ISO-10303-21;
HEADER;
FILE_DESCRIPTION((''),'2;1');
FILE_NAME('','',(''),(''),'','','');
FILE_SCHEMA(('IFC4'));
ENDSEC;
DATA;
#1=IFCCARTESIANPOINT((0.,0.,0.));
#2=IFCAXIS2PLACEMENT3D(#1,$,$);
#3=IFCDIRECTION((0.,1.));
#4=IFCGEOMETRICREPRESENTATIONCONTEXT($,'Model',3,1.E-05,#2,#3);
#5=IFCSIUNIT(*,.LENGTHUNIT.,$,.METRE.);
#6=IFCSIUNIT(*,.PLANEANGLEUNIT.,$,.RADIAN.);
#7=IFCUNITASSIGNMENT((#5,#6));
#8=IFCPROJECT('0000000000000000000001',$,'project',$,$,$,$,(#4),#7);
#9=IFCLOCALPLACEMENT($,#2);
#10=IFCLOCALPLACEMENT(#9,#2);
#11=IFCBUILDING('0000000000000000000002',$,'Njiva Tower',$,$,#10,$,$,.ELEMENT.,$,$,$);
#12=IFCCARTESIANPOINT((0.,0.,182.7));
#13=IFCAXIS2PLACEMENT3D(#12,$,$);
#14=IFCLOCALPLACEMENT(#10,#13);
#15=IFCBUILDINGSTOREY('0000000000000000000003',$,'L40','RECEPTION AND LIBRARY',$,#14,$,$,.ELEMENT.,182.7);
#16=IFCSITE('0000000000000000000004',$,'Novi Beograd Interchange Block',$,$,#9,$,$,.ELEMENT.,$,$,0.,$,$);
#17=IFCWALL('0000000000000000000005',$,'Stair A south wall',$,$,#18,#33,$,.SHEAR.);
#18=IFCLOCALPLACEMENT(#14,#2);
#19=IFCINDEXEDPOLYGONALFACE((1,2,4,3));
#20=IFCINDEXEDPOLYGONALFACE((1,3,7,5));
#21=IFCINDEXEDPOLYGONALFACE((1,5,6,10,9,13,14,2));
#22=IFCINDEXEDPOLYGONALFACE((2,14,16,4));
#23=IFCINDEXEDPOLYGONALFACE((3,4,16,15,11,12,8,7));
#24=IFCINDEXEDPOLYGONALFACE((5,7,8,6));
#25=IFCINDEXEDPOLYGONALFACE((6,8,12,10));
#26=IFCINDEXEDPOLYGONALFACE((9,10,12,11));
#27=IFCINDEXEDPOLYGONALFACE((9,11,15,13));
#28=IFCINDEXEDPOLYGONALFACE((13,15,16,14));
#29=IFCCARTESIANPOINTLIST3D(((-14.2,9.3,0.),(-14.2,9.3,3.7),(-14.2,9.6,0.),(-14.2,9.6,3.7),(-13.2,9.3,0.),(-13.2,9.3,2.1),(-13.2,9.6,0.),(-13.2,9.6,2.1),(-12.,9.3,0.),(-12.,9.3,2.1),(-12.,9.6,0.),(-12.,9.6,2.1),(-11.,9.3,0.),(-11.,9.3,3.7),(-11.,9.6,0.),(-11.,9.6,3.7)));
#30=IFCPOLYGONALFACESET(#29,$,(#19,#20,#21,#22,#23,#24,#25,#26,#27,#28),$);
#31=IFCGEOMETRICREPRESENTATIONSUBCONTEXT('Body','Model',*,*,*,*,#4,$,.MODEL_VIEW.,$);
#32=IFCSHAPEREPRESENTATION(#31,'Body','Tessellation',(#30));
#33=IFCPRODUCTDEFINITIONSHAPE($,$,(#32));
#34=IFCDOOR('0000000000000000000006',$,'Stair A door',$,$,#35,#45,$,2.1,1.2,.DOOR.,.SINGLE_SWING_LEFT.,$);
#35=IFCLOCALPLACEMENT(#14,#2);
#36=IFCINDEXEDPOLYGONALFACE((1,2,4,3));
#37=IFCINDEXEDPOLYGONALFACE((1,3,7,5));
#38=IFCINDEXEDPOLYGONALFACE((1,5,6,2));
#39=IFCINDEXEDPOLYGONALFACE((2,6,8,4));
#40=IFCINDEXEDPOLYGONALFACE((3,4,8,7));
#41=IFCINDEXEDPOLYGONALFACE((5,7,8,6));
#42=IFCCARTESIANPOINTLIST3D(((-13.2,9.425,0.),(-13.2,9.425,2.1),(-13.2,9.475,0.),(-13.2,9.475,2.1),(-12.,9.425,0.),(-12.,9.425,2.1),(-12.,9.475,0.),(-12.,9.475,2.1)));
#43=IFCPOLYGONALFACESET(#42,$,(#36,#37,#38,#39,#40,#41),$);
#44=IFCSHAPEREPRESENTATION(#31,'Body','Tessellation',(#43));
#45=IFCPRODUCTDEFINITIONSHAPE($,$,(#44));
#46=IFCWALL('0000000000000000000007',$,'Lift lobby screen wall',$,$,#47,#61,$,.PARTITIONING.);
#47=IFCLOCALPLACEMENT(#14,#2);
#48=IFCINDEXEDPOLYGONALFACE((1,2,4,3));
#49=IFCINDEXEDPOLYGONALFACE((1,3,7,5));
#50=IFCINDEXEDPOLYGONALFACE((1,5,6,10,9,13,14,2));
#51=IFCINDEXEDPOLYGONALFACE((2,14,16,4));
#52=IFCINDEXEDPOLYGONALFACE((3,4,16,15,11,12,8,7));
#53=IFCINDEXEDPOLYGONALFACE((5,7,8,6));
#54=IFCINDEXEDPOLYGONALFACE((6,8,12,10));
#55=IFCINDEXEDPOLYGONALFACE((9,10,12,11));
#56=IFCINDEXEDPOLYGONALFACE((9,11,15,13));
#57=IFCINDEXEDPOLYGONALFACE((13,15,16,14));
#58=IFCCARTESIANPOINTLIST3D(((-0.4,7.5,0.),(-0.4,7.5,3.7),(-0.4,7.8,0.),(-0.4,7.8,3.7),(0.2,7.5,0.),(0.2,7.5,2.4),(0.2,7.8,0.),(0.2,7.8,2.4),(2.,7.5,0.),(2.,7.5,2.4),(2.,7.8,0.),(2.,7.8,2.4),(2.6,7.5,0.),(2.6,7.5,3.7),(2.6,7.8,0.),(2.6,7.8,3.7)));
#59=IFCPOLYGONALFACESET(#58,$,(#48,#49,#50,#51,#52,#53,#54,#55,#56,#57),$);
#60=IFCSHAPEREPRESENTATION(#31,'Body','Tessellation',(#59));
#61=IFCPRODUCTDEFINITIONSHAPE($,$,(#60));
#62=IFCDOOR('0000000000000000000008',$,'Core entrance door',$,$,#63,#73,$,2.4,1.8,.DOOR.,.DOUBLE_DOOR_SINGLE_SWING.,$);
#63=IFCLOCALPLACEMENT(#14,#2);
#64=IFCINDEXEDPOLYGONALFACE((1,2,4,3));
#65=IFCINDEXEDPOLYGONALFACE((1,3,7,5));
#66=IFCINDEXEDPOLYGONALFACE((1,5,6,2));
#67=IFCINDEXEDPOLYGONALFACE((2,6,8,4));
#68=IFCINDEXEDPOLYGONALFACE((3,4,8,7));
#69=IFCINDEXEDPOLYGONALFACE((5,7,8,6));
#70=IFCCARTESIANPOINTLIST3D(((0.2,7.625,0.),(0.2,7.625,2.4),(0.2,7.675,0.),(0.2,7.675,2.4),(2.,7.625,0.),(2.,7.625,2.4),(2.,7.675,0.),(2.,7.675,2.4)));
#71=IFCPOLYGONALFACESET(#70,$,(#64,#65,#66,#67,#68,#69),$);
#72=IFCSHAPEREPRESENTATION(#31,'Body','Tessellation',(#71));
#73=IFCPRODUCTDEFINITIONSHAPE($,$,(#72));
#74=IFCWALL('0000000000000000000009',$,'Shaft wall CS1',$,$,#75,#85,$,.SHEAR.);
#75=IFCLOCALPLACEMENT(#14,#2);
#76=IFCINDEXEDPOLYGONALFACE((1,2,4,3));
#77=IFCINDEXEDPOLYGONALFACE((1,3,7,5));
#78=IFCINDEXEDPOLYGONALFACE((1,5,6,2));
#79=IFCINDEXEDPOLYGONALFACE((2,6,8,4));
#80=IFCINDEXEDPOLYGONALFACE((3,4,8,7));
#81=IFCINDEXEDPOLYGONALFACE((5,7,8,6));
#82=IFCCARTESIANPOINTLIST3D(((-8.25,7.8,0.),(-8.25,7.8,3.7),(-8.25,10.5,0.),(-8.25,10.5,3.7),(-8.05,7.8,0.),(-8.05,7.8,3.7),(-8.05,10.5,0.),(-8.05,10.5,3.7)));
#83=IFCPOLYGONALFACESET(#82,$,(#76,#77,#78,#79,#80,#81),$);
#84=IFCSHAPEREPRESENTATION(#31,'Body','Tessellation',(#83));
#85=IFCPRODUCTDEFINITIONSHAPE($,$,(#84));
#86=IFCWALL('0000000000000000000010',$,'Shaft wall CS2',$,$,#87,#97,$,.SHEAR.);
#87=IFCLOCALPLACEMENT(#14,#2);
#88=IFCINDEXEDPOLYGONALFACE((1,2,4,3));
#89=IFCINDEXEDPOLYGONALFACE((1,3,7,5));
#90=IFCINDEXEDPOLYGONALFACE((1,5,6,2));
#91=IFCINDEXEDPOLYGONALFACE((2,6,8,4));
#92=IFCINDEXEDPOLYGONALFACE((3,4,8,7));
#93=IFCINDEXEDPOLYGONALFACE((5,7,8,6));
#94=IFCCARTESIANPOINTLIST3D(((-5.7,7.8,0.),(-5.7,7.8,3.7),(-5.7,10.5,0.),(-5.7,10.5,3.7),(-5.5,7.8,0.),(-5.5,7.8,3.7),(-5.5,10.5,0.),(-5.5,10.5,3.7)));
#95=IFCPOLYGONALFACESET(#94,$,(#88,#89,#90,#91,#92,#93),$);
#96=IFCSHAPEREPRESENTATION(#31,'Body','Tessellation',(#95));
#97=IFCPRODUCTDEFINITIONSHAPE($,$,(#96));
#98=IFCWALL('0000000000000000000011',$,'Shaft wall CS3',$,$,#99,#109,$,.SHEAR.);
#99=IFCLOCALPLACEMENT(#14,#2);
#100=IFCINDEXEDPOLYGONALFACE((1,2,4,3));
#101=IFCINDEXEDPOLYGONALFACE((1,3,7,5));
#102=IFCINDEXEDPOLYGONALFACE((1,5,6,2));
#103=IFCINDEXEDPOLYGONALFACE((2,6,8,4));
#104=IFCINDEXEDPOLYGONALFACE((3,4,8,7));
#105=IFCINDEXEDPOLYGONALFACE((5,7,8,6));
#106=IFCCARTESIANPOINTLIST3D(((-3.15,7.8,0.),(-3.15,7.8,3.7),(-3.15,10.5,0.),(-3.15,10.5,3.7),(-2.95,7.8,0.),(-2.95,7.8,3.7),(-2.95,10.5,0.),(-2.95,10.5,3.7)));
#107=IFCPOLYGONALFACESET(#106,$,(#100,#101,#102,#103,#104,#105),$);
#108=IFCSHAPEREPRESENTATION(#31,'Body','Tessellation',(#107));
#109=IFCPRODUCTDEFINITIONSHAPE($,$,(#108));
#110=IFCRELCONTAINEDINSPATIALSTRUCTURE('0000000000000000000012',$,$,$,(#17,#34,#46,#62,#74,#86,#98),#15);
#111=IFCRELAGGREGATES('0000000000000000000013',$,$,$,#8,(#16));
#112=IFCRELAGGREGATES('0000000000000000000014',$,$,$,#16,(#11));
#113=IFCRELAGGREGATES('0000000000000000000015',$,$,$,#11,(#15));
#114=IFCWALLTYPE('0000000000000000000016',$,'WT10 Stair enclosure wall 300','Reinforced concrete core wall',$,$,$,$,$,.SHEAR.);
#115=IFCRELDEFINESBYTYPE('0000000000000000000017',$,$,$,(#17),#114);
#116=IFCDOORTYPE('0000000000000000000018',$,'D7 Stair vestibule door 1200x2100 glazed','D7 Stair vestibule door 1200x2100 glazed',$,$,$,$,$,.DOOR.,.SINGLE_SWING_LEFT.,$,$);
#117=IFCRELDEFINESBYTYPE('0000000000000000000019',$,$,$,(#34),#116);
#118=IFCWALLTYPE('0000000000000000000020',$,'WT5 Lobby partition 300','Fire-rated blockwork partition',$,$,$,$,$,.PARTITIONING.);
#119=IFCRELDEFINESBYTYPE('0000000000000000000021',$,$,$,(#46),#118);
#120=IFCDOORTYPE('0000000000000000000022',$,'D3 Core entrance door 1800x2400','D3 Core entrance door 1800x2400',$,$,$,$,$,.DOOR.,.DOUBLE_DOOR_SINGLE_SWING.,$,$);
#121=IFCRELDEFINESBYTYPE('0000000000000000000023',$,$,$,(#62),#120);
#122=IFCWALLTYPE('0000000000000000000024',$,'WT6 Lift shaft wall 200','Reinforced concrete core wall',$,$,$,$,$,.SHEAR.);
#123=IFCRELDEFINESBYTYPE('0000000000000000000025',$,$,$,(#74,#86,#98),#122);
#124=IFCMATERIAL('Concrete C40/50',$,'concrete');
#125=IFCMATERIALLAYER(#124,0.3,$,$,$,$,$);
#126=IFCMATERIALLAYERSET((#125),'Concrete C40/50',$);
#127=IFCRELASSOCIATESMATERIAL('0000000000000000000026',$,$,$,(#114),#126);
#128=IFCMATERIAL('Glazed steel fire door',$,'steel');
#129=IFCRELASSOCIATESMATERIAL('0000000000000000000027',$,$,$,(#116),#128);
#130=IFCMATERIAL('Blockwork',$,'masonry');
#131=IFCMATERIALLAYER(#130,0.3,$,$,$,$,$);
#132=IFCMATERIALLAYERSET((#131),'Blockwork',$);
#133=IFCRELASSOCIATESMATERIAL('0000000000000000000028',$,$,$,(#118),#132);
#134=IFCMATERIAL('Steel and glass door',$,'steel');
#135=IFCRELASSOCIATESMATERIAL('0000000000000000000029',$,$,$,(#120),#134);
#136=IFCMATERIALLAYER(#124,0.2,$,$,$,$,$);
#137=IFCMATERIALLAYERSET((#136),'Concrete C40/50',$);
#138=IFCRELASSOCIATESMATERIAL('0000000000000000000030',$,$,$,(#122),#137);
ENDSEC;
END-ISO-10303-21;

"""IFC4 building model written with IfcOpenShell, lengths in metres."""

from ifc_helpers import new_model, si_unit, direction, frame, frame_2d, origin, place, context, subcontext, project, spatial, rectangle, extrude, material, layer, layer_set, type_object, element, fill, save


model = new_model("IFC4")

# Units and contexts
model_context = context("Model", 3, precision=1e-05, world=origin(), true_north=direction((0.0, 1.0)))
body_context = subcontext(model_context, "Body", "Model", "MODEL_VIEW")
ifc_project = project(units=[si_unit("LENGTHUNIT", "METRE"), si_unit("PLANEANGLEUNIT", "RADIAN")], contexts=[model_context])

# Site, building, storey
site_placement = place(None, origin())
site = spatial("IfcSite", under=ifc_project, at=site_placement, Name="Novi Beograd Interchange Block", CompositionType="ELEMENT", RefElevation=0.0)
building_placement = place(site_placement, origin())
building = spatial("IfcBuilding", under=site, at=building_placement, Name="Njiva Tower", CompositionType="ELEMENT")
storey_placement = place(building_placement, frame((0.0, 0.0, 182.7)))
storey = spatial("IfcBuildingStorey", under=building, at=storey_placement, Name="L40", Description="RECEPTION AND LIBRARY", CompositionType="ELEMENT", Elevation=182.7)

# Shared definitions
ifc_material_1 = material(Name="Blockwork", Category="masonry")

# Shared definitions
ifc_material_2 = material(Name="Concrete C40/50", Category="concrete")
ifc_layer_1 = layer(ifc_material_2, 0.3)
ifc_layer_set_1 = layer_set([ifc_layer_1], Name="Concrete C40/50")
wall_type_1 = type_object("IfcWallType", Name="WT10 Stair enclosure wall 300", Description="Reinforced concrete core wall", PredefinedType="SHEAR", material=ifc_layer_set_1)
ifc_material_3 = material(Name="Glazed steel fire door", Category="steel")

# Walls, openings, doors
wall_1_placement = place(storey_placement, frame((-14.2, 9.45, 0.0), z_axis=(0.0, 0.0, 1.0), x_axis=(1.0, 0.0, 0.0)))
wall_1 = element("IfcWall", 1, at=wall_1_placement, inside=storey, type_object=wall_type_1, Name="Stair A south wall", PredefinedType="SHEAR", context=body_context, shape_type="SweptSolid", body=[
    extrude(rectangle(XDim=3.2, YDim=0.3, at=frame_2d((1.6, 0.0))), origin(), (0.0, 0.0, 1.0), 3.7),
])
opening_1_placement = place(wall_1_placement, frame((1.0, 0.0, 0.0)))
opening_1 = element("IfcOpeningElement", 2, at=opening_1_placement, cuts=wall_1, PredefinedType="OPENING", context=body_context, shape_type="SweptSolid", body=[
    extrude(rectangle(XDim=1.2, YDim=2.1, at=frame_2d((0.6, 1.05))), frame((0.0, 0.16, 0.0), z_axis=(0.0, -1.0, 0.0), x_axis=(1.0, 0.0, 0.0)), (0.0, 0.0, 1.0), 0.32),
])
door_type_1 = type_object("IfcDoorType", Name="D7 Stair vestibule door 1200x2100 glazed", Description="D7 Stair vestibule door 1200x2100 glazed", OperationType="SINGLE_SWING_LEFT", PredefinedType="DOOR", material=ifc_material_3)
door_1_placement = place(opening_1_placement, origin())
door_1 = element("IfcDoor", 3, at=door_1_placement, inside=storey, type_object=door_type_1, Name="Stair A door", OperationType="SINGLE_SWING_LEFT", OverallHeight=2.1, OverallWidth=1.2, PredefinedType="DOOR", context=body_context, shape_type="SweptSolid", body=[
    extrude(rectangle(XDim=1.2, YDim=2.1, at=frame_2d((0.6, 1.05))), frame((0.0, 0.025, 0.0), z_axis=(0.0, -1.0, 0.0), x_axis=(1.0, 0.0, 0.0)), (0.0, 0.0, 1.0), 0.05),
])
fill(opening_1, door_1)
ifc_layer_2 = layer(ifc_material_1, 0.3)
ifc_layer_set_2 = layer_set([ifc_layer_2], Name="Blockwork")
wall_type_2 = type_object("IfcWallType", Name="WT5 Lobby partition 300", Description="Fire-rated blockwork partition", PredefinedType="PARTITIONING", material=ifc_layer_set_2)
wall_2_placement = place(storey_placement, frame((-0.4, 7.65, 0.0), z_axis=(0.0, 0.0, 1.0), x_axis=(1.0, 0.0, 0.0)))
wall_2 = element("IfcWall", 4, at=wall_2_placement, inside=storey, type_object=wall_type_2, Name="Lift lobby screen wall", PredefinedType="PARTITIONING", context=body_context, shape_type="SweptSolid", body=[
    extrude(rectangle(XDim=3.0, YDim=0.3, at=frame_2d((1.5, 0.0))), origin(), (0.0, 0.0, 1.0), 3.7),
])
opening_2_placement = place(wall_2_placement, frame((0.6, 0.0, 0.0)))
opening_2 = element("IfcOpeningElement", 5, at=opening_2_placement, cuts=wall_2, PredefinedType="OPENING", context=body_context, shape_type="SweptSolid", body=[
    extrude(rectangle(XDim=1.8, YDim=2.4, at=frame_2d((0.9, 1.2))), frame((0.0, 0.16, 0.0), z_axis=(0.0, -1.0, 0.0), x_axis=(1.0, 0.0, 0.0)), (0.0, 0.0, 1.0), 0.32),
])
ifc_material_4 = material(Name="Steel and glass door", Category="steel")
door_type_2 = type_object("IfcDoorType", Name="D3 Core entrance door 1800x2400", Description="D3 Core entrance door 1800x2400", OperationType="DOUBLE_DOOR_SINGLE_SWING", PredefinedType="DOOR", material=ifc_material_4)
door_2_placement = place(opening_2_placement, origin())
door_2 = element("IfcDoor", 6, at=door_2_placement, inside=storey, type_object=door_type_2, Name="Core entrance door", OperationType="DOUBLE_DOOR_SINGLE_SWING", OverallHeight=2.4, OverallWidth=1.8, PredefinedType="DOOR", context=body_context, shape_type="SweptSolid", body=[
    extrude(rectangle(XDim=1.8, YDim=2.4, at=frame_2d((0.9, 1.2))), frame((0.0, 0.025, 0.0), z_axis=(0.0, -1.0, 0.0), x_axis=(1.0, 0.0, 0.0)), (0.0, 0.0, 1.0), 0.05),
])
fill(opening_2, door_2)

# Walls
ifc_layer_3 = layer(ifc_material_2, 0.2)
ifc_layer_set_3 = layer_set([ifc_layer_3], Name="Concrete C40/50")
wall_type_3 = type_object("IfcWallType", Name="WT6 Lift shaft wall 200", Description="Reinforced concrete core wall", PredefinedType="SHEAR", material=ifc_layer_set_3)
for number, where, z_axis, x_axis, name in (
    (7, (-8.15, 7.8, 0.0), (0.0, 0.0, 1.0), (0.0, 1.0, 0.0), "Shaft wall CS1"),
    (8, (-5.6, 7.8, 0.0), (0.0, 0.0, 1.0), (0.0, 1.0, 0.0), "Shaft wall CS2"),
    (9, (-3.05, 7.8, 0.0), (0.0, 0.0, 1.0), (0.0, 1.0, 0.0), "Shaft wall CS3"),
):
    element("IfcWall", number, at=place(storey_placement, frame(where, z_axis=z_axis, x_axis=x_axis)), inside=storey, type_object=wall_type_3, Name=name, PredefinedType="SHEAR", context=body_context, shape_type="SweptSolid", body=[
        extrude(rectangle(XDim=2.7, YDim=0.2, at=frame_2d((1.35, 0.0))), origin(), (0.0, 0.0, 1.0), 3.7),
    ])

save(model, "model.ifc")
